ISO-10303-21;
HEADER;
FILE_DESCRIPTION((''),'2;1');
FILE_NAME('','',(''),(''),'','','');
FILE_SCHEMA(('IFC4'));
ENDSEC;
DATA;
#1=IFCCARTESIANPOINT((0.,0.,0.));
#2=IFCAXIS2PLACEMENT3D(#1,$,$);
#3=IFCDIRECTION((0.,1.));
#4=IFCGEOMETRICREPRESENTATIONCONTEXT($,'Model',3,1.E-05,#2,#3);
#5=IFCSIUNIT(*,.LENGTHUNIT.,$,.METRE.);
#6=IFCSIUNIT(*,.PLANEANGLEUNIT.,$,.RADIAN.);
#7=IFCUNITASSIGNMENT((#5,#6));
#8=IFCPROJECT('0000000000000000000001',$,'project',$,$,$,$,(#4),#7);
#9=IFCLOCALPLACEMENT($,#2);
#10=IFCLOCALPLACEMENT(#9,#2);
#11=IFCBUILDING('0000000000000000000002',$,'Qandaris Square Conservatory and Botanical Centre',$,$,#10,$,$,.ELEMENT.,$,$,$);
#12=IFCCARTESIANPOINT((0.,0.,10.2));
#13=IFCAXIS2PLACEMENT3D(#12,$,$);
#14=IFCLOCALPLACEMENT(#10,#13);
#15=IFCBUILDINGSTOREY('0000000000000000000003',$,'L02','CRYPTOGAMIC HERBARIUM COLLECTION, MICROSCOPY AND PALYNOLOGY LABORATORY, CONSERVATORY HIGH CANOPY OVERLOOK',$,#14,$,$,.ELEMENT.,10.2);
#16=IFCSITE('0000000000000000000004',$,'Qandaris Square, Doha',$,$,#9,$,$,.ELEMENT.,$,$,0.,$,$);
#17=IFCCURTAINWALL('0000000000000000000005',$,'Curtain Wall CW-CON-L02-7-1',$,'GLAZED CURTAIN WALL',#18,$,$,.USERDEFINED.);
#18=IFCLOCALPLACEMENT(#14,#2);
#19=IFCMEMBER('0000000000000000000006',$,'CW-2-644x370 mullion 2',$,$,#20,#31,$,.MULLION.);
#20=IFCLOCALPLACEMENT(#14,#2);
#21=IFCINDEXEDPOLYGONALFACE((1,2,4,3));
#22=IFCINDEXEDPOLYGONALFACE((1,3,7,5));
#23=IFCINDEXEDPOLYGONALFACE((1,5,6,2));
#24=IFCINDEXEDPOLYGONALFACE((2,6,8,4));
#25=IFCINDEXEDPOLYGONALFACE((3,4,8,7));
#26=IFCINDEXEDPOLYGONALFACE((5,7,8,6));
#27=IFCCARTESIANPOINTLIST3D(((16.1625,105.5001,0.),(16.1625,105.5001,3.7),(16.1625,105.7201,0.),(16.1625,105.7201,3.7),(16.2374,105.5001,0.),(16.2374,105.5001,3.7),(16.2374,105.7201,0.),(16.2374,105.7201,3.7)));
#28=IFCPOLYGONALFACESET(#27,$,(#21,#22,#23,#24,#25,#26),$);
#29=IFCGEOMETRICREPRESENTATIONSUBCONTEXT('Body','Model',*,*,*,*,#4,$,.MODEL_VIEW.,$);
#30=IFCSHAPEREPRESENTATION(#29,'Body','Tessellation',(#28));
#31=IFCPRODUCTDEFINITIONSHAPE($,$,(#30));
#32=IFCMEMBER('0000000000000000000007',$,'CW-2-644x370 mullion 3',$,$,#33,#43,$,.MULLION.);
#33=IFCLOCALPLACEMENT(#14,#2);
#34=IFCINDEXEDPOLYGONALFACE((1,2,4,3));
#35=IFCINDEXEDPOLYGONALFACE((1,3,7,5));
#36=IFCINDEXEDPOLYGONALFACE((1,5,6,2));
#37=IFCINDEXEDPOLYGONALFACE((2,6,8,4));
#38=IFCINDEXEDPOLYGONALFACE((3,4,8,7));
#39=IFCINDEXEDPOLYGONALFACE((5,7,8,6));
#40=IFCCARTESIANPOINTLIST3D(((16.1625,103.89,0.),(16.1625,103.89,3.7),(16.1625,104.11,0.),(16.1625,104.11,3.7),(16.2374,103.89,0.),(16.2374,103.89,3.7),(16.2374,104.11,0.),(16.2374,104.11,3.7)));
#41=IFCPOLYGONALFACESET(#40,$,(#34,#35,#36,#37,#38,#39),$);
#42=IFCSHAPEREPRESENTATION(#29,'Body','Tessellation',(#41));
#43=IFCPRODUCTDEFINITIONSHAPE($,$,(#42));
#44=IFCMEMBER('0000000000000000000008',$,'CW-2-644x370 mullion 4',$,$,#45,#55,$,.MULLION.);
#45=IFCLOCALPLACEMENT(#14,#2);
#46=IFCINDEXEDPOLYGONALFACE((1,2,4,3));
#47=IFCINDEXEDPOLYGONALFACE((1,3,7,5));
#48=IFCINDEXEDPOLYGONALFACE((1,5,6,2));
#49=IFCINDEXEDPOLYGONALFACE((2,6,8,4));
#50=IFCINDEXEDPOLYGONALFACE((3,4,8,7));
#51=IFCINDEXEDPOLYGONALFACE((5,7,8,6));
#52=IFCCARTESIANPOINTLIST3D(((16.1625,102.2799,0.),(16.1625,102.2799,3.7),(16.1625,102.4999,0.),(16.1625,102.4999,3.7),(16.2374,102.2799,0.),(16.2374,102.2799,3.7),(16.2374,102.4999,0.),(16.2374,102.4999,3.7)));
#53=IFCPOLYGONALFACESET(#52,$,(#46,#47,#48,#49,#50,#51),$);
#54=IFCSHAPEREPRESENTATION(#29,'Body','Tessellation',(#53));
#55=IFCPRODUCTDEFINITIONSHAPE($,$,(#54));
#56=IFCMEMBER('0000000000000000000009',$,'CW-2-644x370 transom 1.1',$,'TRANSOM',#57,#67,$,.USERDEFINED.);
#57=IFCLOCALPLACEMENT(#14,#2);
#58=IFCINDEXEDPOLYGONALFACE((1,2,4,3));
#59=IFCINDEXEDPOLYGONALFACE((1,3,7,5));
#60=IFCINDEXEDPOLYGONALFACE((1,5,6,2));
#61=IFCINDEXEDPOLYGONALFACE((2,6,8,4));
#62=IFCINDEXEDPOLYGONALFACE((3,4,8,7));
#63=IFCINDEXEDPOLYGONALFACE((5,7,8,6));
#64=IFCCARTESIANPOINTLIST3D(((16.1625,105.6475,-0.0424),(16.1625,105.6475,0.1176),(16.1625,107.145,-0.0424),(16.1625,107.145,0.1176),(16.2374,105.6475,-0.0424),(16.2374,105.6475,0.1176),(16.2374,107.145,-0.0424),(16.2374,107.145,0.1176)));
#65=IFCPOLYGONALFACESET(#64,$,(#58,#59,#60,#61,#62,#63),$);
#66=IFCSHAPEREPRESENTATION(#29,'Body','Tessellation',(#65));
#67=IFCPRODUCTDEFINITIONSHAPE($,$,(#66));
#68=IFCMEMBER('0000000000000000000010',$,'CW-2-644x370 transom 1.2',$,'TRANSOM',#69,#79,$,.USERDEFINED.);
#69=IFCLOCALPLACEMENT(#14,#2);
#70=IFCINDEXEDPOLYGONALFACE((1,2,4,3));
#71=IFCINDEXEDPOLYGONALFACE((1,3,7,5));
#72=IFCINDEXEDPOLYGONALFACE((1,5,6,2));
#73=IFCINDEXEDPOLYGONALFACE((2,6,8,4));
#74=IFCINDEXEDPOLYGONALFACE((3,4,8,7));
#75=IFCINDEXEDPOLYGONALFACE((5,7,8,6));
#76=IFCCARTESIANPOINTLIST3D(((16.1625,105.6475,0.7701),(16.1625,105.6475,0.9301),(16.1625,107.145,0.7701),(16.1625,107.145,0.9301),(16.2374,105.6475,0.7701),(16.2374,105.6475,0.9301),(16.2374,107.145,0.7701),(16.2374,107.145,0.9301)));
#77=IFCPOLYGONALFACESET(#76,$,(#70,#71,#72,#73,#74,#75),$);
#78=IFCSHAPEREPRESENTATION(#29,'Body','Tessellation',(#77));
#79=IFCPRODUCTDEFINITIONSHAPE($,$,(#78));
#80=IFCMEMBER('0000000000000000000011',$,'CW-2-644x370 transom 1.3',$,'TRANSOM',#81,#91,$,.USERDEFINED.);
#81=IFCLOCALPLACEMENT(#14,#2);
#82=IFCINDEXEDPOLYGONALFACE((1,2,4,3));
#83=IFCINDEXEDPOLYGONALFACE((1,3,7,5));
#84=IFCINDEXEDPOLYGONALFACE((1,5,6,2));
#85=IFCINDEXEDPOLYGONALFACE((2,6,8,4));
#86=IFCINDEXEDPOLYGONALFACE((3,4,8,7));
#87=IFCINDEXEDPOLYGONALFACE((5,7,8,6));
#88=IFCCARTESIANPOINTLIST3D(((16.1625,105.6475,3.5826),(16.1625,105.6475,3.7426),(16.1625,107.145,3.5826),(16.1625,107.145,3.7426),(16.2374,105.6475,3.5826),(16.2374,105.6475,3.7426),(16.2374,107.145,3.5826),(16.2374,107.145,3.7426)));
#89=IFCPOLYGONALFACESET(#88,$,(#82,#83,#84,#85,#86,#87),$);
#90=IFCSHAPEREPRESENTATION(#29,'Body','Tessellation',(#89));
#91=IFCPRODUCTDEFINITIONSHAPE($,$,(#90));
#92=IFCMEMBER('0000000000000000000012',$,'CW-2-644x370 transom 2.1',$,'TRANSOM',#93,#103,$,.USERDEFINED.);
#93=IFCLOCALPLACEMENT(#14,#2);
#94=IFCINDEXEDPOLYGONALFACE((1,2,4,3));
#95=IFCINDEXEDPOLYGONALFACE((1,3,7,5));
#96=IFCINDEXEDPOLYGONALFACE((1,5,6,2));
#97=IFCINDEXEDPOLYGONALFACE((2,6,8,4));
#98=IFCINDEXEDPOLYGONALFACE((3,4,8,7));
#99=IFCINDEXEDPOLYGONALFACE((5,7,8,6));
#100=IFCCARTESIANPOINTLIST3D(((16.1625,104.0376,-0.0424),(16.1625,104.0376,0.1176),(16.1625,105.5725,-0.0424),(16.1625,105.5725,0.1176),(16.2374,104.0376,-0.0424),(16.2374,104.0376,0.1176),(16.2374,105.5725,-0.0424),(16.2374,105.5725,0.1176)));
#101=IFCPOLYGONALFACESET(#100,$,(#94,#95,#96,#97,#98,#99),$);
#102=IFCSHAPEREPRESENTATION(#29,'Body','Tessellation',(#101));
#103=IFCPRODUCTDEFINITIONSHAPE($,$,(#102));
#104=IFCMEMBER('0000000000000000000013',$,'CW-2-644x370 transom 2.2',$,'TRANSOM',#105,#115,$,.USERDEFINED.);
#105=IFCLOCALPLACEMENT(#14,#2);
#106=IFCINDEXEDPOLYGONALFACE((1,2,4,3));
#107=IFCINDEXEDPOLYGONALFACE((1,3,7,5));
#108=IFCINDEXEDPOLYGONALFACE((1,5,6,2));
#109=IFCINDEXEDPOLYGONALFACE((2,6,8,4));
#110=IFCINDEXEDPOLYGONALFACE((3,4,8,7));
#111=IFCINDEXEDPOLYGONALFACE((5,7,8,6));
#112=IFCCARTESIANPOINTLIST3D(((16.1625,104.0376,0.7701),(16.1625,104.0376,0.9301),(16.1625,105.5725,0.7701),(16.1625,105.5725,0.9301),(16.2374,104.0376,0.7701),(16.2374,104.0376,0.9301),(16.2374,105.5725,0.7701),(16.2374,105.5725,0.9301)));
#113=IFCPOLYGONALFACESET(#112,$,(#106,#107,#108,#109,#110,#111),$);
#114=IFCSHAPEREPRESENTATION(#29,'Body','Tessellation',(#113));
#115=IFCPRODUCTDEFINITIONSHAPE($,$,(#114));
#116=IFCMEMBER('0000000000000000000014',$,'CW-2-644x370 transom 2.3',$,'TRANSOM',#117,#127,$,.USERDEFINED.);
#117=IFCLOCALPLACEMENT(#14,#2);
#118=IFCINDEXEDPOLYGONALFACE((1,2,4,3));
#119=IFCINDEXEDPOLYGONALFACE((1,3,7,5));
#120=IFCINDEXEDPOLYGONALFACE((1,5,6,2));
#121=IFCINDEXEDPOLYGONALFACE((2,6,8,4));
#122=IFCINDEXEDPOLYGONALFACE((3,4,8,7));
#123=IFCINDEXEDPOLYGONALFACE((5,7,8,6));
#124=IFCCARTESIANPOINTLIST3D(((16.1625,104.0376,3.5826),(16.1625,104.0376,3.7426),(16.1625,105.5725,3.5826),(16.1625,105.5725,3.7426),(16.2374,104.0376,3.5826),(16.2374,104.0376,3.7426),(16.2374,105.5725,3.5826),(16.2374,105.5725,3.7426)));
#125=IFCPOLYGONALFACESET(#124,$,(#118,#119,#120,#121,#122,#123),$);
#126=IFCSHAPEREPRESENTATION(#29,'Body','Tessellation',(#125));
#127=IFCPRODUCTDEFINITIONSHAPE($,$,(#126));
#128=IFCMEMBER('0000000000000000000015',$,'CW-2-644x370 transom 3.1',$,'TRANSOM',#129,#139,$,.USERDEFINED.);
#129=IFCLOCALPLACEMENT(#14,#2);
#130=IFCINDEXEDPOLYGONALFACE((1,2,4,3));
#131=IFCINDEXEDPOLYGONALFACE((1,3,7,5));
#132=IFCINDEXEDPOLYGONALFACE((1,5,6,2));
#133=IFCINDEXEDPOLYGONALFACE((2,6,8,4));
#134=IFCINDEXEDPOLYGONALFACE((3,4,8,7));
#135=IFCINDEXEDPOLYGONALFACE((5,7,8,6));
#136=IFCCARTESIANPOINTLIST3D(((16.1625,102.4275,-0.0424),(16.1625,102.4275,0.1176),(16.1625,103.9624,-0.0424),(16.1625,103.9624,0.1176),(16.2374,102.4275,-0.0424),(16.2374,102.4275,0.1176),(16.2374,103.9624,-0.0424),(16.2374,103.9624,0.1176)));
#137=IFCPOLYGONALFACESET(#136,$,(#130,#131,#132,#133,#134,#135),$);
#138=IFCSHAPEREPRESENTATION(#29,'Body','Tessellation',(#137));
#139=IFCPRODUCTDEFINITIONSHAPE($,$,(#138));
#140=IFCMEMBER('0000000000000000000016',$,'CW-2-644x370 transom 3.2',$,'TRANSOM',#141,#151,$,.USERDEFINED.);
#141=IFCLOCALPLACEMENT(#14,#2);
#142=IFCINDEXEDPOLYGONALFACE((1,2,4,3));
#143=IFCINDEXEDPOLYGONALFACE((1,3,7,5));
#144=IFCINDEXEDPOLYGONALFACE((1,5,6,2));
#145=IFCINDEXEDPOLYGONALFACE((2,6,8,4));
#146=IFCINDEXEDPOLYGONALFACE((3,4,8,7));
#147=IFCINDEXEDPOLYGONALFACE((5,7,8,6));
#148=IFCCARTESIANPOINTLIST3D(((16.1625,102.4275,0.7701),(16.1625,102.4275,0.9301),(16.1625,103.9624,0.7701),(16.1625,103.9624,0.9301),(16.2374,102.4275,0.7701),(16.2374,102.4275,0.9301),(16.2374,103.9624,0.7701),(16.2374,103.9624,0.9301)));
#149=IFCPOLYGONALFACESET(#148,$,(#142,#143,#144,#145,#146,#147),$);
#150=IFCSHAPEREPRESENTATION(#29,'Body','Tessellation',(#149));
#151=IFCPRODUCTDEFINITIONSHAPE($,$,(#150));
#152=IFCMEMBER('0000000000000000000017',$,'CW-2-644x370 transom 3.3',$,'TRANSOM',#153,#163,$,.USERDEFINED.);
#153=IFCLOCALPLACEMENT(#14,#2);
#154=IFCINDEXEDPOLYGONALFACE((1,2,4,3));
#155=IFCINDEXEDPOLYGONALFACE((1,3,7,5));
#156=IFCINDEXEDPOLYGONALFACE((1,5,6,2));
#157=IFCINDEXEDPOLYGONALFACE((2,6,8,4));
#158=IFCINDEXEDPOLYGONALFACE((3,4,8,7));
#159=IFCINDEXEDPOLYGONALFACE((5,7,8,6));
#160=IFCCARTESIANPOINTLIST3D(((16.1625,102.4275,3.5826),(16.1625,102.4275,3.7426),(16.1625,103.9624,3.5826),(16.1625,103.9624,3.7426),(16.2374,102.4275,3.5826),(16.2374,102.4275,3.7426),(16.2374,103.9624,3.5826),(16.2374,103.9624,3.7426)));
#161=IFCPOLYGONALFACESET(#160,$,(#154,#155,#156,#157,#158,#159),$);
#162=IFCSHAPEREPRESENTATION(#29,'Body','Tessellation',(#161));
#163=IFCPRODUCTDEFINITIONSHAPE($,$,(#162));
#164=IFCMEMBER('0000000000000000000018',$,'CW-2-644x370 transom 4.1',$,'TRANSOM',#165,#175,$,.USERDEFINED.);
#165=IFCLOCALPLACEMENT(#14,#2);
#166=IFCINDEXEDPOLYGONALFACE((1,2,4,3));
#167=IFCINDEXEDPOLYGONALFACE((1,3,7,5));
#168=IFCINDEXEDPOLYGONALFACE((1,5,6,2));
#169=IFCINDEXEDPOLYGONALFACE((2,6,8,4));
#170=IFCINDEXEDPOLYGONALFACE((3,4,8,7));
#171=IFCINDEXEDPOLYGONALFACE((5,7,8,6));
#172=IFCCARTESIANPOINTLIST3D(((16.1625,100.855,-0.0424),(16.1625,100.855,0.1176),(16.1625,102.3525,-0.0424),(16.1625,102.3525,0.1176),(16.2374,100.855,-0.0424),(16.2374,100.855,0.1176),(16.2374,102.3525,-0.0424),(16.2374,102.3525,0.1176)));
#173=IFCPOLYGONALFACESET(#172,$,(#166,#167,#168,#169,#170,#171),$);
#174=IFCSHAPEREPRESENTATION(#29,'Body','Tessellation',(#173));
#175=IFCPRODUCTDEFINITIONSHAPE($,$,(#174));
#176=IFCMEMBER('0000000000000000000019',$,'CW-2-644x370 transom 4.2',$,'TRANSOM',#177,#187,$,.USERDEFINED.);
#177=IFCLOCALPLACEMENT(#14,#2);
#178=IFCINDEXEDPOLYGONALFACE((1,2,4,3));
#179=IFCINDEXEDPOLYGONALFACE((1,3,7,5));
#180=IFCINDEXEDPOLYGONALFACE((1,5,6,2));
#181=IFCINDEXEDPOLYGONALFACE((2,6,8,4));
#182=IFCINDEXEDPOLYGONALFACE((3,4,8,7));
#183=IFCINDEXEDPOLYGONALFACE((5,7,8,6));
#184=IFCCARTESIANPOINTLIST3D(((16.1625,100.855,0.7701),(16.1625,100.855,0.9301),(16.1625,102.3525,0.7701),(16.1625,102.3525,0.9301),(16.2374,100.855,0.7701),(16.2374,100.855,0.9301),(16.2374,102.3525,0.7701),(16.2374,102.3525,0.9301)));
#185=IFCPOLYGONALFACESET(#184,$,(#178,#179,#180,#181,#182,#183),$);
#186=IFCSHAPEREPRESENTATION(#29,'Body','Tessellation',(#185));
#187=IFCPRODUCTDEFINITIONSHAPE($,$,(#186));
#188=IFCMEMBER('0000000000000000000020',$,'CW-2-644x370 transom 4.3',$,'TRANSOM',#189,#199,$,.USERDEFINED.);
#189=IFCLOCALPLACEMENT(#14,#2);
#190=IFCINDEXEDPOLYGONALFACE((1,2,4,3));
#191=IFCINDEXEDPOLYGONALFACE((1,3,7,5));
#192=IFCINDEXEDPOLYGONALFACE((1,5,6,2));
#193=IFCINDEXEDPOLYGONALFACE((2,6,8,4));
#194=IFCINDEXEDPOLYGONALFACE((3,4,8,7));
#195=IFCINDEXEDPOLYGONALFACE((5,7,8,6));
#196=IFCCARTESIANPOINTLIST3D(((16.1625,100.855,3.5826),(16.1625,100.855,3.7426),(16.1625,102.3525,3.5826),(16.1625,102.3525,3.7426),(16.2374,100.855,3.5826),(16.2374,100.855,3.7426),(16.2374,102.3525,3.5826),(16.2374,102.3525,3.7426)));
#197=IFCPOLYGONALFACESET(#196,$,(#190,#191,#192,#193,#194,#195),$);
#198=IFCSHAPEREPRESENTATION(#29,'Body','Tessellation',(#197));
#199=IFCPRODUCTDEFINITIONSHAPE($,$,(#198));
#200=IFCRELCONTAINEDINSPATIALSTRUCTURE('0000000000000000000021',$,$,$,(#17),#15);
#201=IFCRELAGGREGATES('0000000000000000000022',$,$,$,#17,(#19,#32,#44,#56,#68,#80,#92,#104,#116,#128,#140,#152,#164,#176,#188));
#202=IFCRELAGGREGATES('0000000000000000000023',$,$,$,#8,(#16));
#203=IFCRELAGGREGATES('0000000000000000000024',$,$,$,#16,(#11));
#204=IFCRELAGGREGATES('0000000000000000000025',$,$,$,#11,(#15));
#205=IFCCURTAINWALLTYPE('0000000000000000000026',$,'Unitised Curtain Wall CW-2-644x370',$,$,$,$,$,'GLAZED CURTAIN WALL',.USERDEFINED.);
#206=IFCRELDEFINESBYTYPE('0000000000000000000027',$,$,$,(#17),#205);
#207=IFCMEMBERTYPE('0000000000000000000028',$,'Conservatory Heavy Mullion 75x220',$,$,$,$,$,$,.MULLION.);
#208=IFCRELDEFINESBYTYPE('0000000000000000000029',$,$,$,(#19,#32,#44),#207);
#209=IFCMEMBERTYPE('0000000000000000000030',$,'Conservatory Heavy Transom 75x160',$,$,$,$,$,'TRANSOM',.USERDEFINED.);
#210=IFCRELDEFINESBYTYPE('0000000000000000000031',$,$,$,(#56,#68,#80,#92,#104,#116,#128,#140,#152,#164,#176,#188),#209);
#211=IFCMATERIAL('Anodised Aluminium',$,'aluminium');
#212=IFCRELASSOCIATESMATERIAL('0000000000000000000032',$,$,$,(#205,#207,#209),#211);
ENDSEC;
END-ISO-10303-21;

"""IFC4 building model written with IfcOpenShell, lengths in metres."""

from ifc_helpers import new_model, si_unit, direction, frame, origin, origin_2d, place, context, subcontext, project, spatial, rectangle, extrude, material, material_profile, profile_set, type_object, element, aggregate, save


model = new_model("IFC4")

# Units and contexts
model_context = context("Model", 3, precision=1e-05, world=origin(), true_north=direction((0.0, 1.0)))
body_context = subcontext(model_context, "Body", "Model", "MODEL_VIEW")
ifc_project = project(units=[si_unit("LENGTHUNIT", "METRE"), si_unit("PLANEANGLEUNIT", "RADIAN")], contexts=[model_context])

# Site, building, storey
site_placement = place(None, origin())
site = spatial("IfcSite", under=ifc_project, at=site_placement, Name="Qandaris Square, Doha", CompositionType="ELEMENT", RefElevation=0.0)
building_placement = place(site_placement, origin())
building = spatial("IfcBuilding", under=site, at=building_placement, Name="Qandaris Square Conservatory and Botanical Centre", CompositionType="ELEMENT")
storey_placement = place(building_placement, frame((0.0, 0.0, 10.2)))
storey = spatial("IfcBuildingStorey", under=building, at=storey_placement, Name="L02", Description="CRYPTOGAMIC HERBARIUM COLLECTION, MICROSCOPY AND PALYNOLOGY LABORATORY, CONSERVATORY HIGH CANOPY OVERLOOK", CompositionType="ELEMENT", Elevation=10.2)

# Curtain wall, members
ifc_material_1 = material(Name="Anodised Aluminium", Category="aluminium")
curtain_wall_type = type_object("IfcCurtainWallType", Name="Unitised Curtain Wall CW-2-644x370", ElementType="GLAZED CURTAIN WALL", PredefinedType="USERDEFINED", material=ifc_material_1)
curtain_wall_placement = place(storey_placement, origin())
curtain_wall = element("IfcCurtainWall", 1, at=curtain_wall_placement, inside=storey, type_object=curtain_wall_type, Name="Curtain Wall CW-CON-L02-7-1", ObjectType="GLAZED CURTAIN WALL", PredefinedType="USERDEFINED")
ifc_material_profile_1 = material_profile(ifc_material_1, rectangle(XDim=0.075, YDim=0.22, at=origin_2d()), Name="ALU-MUL 75x220")
ifc_profile_set_1 = profile_set([ifc_material_profile_1], Name="Anodised Aluminium")
member_type_1 = type_object("IfcMemberType", Name="Conservatory Heavy Mullion 75x220", PredefinedType="MULLION", material=ifc_profile_set_1)
member_1_placement = place(storey_placement, frame((16.2, 105.6101, 0.0), z_axis=(0.0, 0.0, 1.0), x_axis=(1.0, 0.0, 0.0)))
member_1 = element("IfcMember", 2, at=member_1_placement, type_object=member_type_1, Name="CW-2-644x370 mullion 2", PredefinedType="MULLION", context=body_context, shape_type="SweptSolid", body=[
    extrude(rectangle(XDim=0.075, YDim=0.22, at=origin_2d()), origin(), (0.0, 0.0, 1.0), 3.7),
])
member_2_placement = place(storey_placement, frame((16.2, 104.0, 0.0), z_axis=(0.0, 0.0, 1.0), x_axis=(1.0, 0.0, 0.0)))
member_2 = element("IfcMember", 3, at=member_2_placement, type_object=member_type_1, Name="CW-2-644x370 mullion 3", PredefinedType="MULLION", context=body_context, shape_type="SweptSolid", body=[
    extrude(rectangle(XDim=0.075, YDim=0.22, at=origin_2d()), origin(), (0.0, 0.0, 1.0), 3.7),
])
member_3_placement = place(storey_placement, frame((16.2, 102.3899, 0.0), z_axis=(0.0, 0.0, 1.0), x_axis=(1.0, 0.0, 0.0)))
member_3 = element("IfcMember", 4, at=member_3_placement, type_object=member_type_1, Name="CW-2-644x370 mullion 4", PredefinedType="MULLION", context=body_context, shape_type="SweptSolid", body=[
    extrude(rectangle(XDim=0.075, YDim=0.22, at=origin_2d()), origin(), (0.0, 0.0, 1.0), 3.7),
])
ifc_material_profile_2 = material_profile(ifc_material_1, rectangle(XDim=0.075, YDim=0.1599, at=origin_2d()), Name="ALU-TRN 75x160")
ifc_profile_set_2 = profile_set([ifc_material_profile_2], Name="Anodised Aluminium")
member_type_2 = type_object("IfcMemberType", Name="Conservatory Heavy Transom 75x160", ElementType="TRANSOM", PredefinedType="USERDEFINED", material=ifc_profile_set_2)
member_4_placement = place(storey_placement, frame((16.2, 107.145, 0.0376), z_axis=(0.0, -1.0, 0.0), x_axis=(1.0, 0.0, 0.0)))
member_4 = element("IfcMember", 5, at=member_4_placement, type_object=member_type_2, Name="CW-2-644x370 transom 1.1", ObjectType="TRANSOM", PredefinedType="USERDEFINED", context=body_context, shape_type="SweptSolid", body=[
    extrude(rectangle(XDim=0.075, YDim=0.1599, at=origin_2d()), origin(), (0.0, 0.0, 1.0), 1.4976),
])
member_5_placement = place(storey_placement, frame((16.2, 107.145, 0.8501), z_axis=(0.0, -1.0, 0.0), x_axis=(1.0, 0.0, 0.0)))
member_5 = element("IfcMember", 6, at=member_5_placement, type_object=member_type_2, Name="CW-2-644x370 transom 1.2", ObjectType="TRANSOM", PredefinedType="USERDEFINED", context=body_context, shape_type="SweptSolid", body=[
    extrude(rectangle(XDim=0.075, YDim=0.1599, at=origin_2d()), origin(), (0.0, 0.0, 1.0), 1.4976),
])
member_6_placement = place(storey_placement, frame((16.2, 107.145, 3.6626), z_axis=(0.0, -1.0, 0.0), x_axis=(1.0, 0.0, 0.0)))
member_6 = element("IfcMember", 7, at=member_6_placement, type_object=member_type_2, Name="CW-2-644x370 transom 1.3", ObjectType="TRANSOM", PredefinedType="USERDEFINED", context=body_context, shape_type="SweptSolid", body=[
    extrude(rectangle(XDim=0.075, YDim=0.1599, at=origin_2d()), origin(), (0.0, 0.0, 1.0), 1.4976),
])
member_7_placement = place(storey_placement, frame((16.2, 105.5725, 0.0376), z_axis=(0.0, -1.0, 0.0), x_axis=(1.0, 0.0, 0.0)))
member_7 = element("IfcMember", 8, at=member_7_placement, type_object=member_type_2, Name="CW-2-644x370 transom 2.1", ObjectType="TRANSOM", PredefinedType="USERDEFINED", context=body_context, shape_type="SweptSolid", body=[
    extrude(rectangle(XDim=0.075, YDim=0.1599, at=origin_2d()), origin(), (0.0, 0.0, 1.0), 1.5349),
])
member_8_placement = place(storey_placement, frame((16.2, 105.5725, 0.8501), z_axis=(0.0, -1.0, 0.0), x_axis=(1.0, 0.0, 0.0)))
member_8 = element("IfcMember", 9, at=member_8_placement, type_object=member_type_2, Name="CW-2-644x370 transom 2.2", ObjectType="TRANSOM", PredefinedType="USERDEFINED", context=body_context, shape_type="SweptSolid", body=[
    extrude(rectangle(XDim=0.075, YDim=0.1599, at=origin_2d()), origin(), (0.0, 0.0, 1.0), 1.5349),
])
member_9_placement = place(storey_placement, frame((16.2, 105.5725, 3.6626), z_axis=(0.0, -1.0, 0.0), x_axis=(1.0, 0.0, 0.0)))
member_9 = element("IfcMember", 10, at=member_9_placement, type_object=member_type_2, Name="CW-2-644x370 transom 2.3", ObjectType="TRANSOM", PredefinedType="USERDEFINED", context=body_context, shape_type="SweptSolid", body=[
    extrude(rectangle(XDim=0.075, YDim=0.1599, at=origin_2d()), origin(), (0.0, 0.0, 1.0), 1.5349),
])
member_10_placement = place(storey_placement, frame((16.2, 103.9624, 0.0376), z_axis=(0.0, -1.0, 0.0), x_axis=(1.0, 0.0, 0.0)))
member_10 = element("IfcMember", 11, at=member_10_placement, type_object=member_type_2, Name="CW-2-644x370 transom 3.1", ObjectType="TRANSOM", PredefinedType="USERDEFINED", context=body_context, shape_type="SweptSolid", body=[
    extrude(rectangle(XDim=0.075, YDim=0.1599, at=origin_2d()), origin(), (0.0, 0.0, 1.0), 1.5349),
])
member_11_placement = place(storey_placement, frame((16.2, 103.9624, 0.8501), z_axis=(0.0, -1.0, 0.0), x_axis=(1.0, 0.0, 0.0)))
member_11 = element("IfcMember", 12, at=member_11_placement, type_object=member_type_2, Name="CW-2-644x370 transom 3.2", ObjectType="TRANSOM", PredefinedType="USERDEFINED", context=body_context, shape_type="SweptSolid", body=[
    extrude(rectangle(XDim=0.075, YDim=0.1599, at=origin_2d()), origin(), (0.0, 0.0, 1.0), 1.5349),
])
member_12_placement = place(storey_placement, frame((16.2, 103.9624, 3.6626), z_axis=(0.0, -1.0, 0.0), x_axis=(1.0, 0.0, 0.0)))
member_12 = element("IfcMember", 13, at=member_12_placement, type_object=member_type_2, Name="CW-2-644x370 transom 3.3", ObjectType="TRANSOM", PredefinedType="USERDEFINED", context=body_context, shape_type="SweptSolid", body=[
    extrude(rectangle(XDim=0.075, YDim=0.1599, at=origin_2d()), origin(), (0.0, 0.0, 1.0), 1.5349),
])
member_13_placement = place(storey_placement, frame((16.2, 102.3525, 0.0376), z_axis=(0.0, -1.0, 0.0), x_axis=(1.0, 0.0, 0.0)))
member_13 = element("IfcMember", 14, at=member_13_placement, type_object=member_type_2, Name="CW-2-644x370 transom 4.1", ObjectType="TRANSOM", PredefinedType="USERDEFINED", context=body_context, shape_type="SweptSolid", body=[
    extrude(rectangle(XDim=0.075, YDim=0.1599, at=origin_2d()), origin(), (0.0, 0.0, 1.0), 1.4976),
])
member_14_placement = place(storey_placement, frame((16.2, 102.3525, 0.8501), z_axis=(0.0, -1.0, 0.0), x_axis=(1.0, 0.0, 0.0)))
member_14 = element("IfcMember", 15, at=member_14_placement, type_object=member_type_2, Name="CW-2-644x370 transom 4.2", ObjectType="TRANSOM", PredefinedType="USERDEFINED", context=body_context, shape_type="SweptSolid", body=[
    extrude(rectangle(XDim=0.075, YDim=0.1599, at=origin_2d()), origin(), (0.0, 0.0, 1.0), 1.4976),
])
member_15_placement = place(storey_placement, frame((16.2, 102.3525, 3.6626), z_axis=(0.0, -1.0, 0.0), x_axis=(1.0, 0.0, 0.0)))
member_15 = element("IfcMember", 16, at=member_15_placement, type_object=member_type_2, Name="CW-2-644x370 transom 4.3", ObjectType="TRANSOM", PredefinedType="USERDEFINED", context=body_context, shape_type="SweptSolid", body=[
    extrude(rectangle(XDim=0.075, YDim=0.1599, at=origin_2d()), origin(), (0.0, 0.0, 1.0), 1.4976),
])
aggregate(curtain_wall, [member_1, member_2, member_3, member_4, member_5, member_6, member_7, member_8, member_9, member_10, member_11, member_12, member_13, member_14, member_15])

save(model, "model.ifc")
